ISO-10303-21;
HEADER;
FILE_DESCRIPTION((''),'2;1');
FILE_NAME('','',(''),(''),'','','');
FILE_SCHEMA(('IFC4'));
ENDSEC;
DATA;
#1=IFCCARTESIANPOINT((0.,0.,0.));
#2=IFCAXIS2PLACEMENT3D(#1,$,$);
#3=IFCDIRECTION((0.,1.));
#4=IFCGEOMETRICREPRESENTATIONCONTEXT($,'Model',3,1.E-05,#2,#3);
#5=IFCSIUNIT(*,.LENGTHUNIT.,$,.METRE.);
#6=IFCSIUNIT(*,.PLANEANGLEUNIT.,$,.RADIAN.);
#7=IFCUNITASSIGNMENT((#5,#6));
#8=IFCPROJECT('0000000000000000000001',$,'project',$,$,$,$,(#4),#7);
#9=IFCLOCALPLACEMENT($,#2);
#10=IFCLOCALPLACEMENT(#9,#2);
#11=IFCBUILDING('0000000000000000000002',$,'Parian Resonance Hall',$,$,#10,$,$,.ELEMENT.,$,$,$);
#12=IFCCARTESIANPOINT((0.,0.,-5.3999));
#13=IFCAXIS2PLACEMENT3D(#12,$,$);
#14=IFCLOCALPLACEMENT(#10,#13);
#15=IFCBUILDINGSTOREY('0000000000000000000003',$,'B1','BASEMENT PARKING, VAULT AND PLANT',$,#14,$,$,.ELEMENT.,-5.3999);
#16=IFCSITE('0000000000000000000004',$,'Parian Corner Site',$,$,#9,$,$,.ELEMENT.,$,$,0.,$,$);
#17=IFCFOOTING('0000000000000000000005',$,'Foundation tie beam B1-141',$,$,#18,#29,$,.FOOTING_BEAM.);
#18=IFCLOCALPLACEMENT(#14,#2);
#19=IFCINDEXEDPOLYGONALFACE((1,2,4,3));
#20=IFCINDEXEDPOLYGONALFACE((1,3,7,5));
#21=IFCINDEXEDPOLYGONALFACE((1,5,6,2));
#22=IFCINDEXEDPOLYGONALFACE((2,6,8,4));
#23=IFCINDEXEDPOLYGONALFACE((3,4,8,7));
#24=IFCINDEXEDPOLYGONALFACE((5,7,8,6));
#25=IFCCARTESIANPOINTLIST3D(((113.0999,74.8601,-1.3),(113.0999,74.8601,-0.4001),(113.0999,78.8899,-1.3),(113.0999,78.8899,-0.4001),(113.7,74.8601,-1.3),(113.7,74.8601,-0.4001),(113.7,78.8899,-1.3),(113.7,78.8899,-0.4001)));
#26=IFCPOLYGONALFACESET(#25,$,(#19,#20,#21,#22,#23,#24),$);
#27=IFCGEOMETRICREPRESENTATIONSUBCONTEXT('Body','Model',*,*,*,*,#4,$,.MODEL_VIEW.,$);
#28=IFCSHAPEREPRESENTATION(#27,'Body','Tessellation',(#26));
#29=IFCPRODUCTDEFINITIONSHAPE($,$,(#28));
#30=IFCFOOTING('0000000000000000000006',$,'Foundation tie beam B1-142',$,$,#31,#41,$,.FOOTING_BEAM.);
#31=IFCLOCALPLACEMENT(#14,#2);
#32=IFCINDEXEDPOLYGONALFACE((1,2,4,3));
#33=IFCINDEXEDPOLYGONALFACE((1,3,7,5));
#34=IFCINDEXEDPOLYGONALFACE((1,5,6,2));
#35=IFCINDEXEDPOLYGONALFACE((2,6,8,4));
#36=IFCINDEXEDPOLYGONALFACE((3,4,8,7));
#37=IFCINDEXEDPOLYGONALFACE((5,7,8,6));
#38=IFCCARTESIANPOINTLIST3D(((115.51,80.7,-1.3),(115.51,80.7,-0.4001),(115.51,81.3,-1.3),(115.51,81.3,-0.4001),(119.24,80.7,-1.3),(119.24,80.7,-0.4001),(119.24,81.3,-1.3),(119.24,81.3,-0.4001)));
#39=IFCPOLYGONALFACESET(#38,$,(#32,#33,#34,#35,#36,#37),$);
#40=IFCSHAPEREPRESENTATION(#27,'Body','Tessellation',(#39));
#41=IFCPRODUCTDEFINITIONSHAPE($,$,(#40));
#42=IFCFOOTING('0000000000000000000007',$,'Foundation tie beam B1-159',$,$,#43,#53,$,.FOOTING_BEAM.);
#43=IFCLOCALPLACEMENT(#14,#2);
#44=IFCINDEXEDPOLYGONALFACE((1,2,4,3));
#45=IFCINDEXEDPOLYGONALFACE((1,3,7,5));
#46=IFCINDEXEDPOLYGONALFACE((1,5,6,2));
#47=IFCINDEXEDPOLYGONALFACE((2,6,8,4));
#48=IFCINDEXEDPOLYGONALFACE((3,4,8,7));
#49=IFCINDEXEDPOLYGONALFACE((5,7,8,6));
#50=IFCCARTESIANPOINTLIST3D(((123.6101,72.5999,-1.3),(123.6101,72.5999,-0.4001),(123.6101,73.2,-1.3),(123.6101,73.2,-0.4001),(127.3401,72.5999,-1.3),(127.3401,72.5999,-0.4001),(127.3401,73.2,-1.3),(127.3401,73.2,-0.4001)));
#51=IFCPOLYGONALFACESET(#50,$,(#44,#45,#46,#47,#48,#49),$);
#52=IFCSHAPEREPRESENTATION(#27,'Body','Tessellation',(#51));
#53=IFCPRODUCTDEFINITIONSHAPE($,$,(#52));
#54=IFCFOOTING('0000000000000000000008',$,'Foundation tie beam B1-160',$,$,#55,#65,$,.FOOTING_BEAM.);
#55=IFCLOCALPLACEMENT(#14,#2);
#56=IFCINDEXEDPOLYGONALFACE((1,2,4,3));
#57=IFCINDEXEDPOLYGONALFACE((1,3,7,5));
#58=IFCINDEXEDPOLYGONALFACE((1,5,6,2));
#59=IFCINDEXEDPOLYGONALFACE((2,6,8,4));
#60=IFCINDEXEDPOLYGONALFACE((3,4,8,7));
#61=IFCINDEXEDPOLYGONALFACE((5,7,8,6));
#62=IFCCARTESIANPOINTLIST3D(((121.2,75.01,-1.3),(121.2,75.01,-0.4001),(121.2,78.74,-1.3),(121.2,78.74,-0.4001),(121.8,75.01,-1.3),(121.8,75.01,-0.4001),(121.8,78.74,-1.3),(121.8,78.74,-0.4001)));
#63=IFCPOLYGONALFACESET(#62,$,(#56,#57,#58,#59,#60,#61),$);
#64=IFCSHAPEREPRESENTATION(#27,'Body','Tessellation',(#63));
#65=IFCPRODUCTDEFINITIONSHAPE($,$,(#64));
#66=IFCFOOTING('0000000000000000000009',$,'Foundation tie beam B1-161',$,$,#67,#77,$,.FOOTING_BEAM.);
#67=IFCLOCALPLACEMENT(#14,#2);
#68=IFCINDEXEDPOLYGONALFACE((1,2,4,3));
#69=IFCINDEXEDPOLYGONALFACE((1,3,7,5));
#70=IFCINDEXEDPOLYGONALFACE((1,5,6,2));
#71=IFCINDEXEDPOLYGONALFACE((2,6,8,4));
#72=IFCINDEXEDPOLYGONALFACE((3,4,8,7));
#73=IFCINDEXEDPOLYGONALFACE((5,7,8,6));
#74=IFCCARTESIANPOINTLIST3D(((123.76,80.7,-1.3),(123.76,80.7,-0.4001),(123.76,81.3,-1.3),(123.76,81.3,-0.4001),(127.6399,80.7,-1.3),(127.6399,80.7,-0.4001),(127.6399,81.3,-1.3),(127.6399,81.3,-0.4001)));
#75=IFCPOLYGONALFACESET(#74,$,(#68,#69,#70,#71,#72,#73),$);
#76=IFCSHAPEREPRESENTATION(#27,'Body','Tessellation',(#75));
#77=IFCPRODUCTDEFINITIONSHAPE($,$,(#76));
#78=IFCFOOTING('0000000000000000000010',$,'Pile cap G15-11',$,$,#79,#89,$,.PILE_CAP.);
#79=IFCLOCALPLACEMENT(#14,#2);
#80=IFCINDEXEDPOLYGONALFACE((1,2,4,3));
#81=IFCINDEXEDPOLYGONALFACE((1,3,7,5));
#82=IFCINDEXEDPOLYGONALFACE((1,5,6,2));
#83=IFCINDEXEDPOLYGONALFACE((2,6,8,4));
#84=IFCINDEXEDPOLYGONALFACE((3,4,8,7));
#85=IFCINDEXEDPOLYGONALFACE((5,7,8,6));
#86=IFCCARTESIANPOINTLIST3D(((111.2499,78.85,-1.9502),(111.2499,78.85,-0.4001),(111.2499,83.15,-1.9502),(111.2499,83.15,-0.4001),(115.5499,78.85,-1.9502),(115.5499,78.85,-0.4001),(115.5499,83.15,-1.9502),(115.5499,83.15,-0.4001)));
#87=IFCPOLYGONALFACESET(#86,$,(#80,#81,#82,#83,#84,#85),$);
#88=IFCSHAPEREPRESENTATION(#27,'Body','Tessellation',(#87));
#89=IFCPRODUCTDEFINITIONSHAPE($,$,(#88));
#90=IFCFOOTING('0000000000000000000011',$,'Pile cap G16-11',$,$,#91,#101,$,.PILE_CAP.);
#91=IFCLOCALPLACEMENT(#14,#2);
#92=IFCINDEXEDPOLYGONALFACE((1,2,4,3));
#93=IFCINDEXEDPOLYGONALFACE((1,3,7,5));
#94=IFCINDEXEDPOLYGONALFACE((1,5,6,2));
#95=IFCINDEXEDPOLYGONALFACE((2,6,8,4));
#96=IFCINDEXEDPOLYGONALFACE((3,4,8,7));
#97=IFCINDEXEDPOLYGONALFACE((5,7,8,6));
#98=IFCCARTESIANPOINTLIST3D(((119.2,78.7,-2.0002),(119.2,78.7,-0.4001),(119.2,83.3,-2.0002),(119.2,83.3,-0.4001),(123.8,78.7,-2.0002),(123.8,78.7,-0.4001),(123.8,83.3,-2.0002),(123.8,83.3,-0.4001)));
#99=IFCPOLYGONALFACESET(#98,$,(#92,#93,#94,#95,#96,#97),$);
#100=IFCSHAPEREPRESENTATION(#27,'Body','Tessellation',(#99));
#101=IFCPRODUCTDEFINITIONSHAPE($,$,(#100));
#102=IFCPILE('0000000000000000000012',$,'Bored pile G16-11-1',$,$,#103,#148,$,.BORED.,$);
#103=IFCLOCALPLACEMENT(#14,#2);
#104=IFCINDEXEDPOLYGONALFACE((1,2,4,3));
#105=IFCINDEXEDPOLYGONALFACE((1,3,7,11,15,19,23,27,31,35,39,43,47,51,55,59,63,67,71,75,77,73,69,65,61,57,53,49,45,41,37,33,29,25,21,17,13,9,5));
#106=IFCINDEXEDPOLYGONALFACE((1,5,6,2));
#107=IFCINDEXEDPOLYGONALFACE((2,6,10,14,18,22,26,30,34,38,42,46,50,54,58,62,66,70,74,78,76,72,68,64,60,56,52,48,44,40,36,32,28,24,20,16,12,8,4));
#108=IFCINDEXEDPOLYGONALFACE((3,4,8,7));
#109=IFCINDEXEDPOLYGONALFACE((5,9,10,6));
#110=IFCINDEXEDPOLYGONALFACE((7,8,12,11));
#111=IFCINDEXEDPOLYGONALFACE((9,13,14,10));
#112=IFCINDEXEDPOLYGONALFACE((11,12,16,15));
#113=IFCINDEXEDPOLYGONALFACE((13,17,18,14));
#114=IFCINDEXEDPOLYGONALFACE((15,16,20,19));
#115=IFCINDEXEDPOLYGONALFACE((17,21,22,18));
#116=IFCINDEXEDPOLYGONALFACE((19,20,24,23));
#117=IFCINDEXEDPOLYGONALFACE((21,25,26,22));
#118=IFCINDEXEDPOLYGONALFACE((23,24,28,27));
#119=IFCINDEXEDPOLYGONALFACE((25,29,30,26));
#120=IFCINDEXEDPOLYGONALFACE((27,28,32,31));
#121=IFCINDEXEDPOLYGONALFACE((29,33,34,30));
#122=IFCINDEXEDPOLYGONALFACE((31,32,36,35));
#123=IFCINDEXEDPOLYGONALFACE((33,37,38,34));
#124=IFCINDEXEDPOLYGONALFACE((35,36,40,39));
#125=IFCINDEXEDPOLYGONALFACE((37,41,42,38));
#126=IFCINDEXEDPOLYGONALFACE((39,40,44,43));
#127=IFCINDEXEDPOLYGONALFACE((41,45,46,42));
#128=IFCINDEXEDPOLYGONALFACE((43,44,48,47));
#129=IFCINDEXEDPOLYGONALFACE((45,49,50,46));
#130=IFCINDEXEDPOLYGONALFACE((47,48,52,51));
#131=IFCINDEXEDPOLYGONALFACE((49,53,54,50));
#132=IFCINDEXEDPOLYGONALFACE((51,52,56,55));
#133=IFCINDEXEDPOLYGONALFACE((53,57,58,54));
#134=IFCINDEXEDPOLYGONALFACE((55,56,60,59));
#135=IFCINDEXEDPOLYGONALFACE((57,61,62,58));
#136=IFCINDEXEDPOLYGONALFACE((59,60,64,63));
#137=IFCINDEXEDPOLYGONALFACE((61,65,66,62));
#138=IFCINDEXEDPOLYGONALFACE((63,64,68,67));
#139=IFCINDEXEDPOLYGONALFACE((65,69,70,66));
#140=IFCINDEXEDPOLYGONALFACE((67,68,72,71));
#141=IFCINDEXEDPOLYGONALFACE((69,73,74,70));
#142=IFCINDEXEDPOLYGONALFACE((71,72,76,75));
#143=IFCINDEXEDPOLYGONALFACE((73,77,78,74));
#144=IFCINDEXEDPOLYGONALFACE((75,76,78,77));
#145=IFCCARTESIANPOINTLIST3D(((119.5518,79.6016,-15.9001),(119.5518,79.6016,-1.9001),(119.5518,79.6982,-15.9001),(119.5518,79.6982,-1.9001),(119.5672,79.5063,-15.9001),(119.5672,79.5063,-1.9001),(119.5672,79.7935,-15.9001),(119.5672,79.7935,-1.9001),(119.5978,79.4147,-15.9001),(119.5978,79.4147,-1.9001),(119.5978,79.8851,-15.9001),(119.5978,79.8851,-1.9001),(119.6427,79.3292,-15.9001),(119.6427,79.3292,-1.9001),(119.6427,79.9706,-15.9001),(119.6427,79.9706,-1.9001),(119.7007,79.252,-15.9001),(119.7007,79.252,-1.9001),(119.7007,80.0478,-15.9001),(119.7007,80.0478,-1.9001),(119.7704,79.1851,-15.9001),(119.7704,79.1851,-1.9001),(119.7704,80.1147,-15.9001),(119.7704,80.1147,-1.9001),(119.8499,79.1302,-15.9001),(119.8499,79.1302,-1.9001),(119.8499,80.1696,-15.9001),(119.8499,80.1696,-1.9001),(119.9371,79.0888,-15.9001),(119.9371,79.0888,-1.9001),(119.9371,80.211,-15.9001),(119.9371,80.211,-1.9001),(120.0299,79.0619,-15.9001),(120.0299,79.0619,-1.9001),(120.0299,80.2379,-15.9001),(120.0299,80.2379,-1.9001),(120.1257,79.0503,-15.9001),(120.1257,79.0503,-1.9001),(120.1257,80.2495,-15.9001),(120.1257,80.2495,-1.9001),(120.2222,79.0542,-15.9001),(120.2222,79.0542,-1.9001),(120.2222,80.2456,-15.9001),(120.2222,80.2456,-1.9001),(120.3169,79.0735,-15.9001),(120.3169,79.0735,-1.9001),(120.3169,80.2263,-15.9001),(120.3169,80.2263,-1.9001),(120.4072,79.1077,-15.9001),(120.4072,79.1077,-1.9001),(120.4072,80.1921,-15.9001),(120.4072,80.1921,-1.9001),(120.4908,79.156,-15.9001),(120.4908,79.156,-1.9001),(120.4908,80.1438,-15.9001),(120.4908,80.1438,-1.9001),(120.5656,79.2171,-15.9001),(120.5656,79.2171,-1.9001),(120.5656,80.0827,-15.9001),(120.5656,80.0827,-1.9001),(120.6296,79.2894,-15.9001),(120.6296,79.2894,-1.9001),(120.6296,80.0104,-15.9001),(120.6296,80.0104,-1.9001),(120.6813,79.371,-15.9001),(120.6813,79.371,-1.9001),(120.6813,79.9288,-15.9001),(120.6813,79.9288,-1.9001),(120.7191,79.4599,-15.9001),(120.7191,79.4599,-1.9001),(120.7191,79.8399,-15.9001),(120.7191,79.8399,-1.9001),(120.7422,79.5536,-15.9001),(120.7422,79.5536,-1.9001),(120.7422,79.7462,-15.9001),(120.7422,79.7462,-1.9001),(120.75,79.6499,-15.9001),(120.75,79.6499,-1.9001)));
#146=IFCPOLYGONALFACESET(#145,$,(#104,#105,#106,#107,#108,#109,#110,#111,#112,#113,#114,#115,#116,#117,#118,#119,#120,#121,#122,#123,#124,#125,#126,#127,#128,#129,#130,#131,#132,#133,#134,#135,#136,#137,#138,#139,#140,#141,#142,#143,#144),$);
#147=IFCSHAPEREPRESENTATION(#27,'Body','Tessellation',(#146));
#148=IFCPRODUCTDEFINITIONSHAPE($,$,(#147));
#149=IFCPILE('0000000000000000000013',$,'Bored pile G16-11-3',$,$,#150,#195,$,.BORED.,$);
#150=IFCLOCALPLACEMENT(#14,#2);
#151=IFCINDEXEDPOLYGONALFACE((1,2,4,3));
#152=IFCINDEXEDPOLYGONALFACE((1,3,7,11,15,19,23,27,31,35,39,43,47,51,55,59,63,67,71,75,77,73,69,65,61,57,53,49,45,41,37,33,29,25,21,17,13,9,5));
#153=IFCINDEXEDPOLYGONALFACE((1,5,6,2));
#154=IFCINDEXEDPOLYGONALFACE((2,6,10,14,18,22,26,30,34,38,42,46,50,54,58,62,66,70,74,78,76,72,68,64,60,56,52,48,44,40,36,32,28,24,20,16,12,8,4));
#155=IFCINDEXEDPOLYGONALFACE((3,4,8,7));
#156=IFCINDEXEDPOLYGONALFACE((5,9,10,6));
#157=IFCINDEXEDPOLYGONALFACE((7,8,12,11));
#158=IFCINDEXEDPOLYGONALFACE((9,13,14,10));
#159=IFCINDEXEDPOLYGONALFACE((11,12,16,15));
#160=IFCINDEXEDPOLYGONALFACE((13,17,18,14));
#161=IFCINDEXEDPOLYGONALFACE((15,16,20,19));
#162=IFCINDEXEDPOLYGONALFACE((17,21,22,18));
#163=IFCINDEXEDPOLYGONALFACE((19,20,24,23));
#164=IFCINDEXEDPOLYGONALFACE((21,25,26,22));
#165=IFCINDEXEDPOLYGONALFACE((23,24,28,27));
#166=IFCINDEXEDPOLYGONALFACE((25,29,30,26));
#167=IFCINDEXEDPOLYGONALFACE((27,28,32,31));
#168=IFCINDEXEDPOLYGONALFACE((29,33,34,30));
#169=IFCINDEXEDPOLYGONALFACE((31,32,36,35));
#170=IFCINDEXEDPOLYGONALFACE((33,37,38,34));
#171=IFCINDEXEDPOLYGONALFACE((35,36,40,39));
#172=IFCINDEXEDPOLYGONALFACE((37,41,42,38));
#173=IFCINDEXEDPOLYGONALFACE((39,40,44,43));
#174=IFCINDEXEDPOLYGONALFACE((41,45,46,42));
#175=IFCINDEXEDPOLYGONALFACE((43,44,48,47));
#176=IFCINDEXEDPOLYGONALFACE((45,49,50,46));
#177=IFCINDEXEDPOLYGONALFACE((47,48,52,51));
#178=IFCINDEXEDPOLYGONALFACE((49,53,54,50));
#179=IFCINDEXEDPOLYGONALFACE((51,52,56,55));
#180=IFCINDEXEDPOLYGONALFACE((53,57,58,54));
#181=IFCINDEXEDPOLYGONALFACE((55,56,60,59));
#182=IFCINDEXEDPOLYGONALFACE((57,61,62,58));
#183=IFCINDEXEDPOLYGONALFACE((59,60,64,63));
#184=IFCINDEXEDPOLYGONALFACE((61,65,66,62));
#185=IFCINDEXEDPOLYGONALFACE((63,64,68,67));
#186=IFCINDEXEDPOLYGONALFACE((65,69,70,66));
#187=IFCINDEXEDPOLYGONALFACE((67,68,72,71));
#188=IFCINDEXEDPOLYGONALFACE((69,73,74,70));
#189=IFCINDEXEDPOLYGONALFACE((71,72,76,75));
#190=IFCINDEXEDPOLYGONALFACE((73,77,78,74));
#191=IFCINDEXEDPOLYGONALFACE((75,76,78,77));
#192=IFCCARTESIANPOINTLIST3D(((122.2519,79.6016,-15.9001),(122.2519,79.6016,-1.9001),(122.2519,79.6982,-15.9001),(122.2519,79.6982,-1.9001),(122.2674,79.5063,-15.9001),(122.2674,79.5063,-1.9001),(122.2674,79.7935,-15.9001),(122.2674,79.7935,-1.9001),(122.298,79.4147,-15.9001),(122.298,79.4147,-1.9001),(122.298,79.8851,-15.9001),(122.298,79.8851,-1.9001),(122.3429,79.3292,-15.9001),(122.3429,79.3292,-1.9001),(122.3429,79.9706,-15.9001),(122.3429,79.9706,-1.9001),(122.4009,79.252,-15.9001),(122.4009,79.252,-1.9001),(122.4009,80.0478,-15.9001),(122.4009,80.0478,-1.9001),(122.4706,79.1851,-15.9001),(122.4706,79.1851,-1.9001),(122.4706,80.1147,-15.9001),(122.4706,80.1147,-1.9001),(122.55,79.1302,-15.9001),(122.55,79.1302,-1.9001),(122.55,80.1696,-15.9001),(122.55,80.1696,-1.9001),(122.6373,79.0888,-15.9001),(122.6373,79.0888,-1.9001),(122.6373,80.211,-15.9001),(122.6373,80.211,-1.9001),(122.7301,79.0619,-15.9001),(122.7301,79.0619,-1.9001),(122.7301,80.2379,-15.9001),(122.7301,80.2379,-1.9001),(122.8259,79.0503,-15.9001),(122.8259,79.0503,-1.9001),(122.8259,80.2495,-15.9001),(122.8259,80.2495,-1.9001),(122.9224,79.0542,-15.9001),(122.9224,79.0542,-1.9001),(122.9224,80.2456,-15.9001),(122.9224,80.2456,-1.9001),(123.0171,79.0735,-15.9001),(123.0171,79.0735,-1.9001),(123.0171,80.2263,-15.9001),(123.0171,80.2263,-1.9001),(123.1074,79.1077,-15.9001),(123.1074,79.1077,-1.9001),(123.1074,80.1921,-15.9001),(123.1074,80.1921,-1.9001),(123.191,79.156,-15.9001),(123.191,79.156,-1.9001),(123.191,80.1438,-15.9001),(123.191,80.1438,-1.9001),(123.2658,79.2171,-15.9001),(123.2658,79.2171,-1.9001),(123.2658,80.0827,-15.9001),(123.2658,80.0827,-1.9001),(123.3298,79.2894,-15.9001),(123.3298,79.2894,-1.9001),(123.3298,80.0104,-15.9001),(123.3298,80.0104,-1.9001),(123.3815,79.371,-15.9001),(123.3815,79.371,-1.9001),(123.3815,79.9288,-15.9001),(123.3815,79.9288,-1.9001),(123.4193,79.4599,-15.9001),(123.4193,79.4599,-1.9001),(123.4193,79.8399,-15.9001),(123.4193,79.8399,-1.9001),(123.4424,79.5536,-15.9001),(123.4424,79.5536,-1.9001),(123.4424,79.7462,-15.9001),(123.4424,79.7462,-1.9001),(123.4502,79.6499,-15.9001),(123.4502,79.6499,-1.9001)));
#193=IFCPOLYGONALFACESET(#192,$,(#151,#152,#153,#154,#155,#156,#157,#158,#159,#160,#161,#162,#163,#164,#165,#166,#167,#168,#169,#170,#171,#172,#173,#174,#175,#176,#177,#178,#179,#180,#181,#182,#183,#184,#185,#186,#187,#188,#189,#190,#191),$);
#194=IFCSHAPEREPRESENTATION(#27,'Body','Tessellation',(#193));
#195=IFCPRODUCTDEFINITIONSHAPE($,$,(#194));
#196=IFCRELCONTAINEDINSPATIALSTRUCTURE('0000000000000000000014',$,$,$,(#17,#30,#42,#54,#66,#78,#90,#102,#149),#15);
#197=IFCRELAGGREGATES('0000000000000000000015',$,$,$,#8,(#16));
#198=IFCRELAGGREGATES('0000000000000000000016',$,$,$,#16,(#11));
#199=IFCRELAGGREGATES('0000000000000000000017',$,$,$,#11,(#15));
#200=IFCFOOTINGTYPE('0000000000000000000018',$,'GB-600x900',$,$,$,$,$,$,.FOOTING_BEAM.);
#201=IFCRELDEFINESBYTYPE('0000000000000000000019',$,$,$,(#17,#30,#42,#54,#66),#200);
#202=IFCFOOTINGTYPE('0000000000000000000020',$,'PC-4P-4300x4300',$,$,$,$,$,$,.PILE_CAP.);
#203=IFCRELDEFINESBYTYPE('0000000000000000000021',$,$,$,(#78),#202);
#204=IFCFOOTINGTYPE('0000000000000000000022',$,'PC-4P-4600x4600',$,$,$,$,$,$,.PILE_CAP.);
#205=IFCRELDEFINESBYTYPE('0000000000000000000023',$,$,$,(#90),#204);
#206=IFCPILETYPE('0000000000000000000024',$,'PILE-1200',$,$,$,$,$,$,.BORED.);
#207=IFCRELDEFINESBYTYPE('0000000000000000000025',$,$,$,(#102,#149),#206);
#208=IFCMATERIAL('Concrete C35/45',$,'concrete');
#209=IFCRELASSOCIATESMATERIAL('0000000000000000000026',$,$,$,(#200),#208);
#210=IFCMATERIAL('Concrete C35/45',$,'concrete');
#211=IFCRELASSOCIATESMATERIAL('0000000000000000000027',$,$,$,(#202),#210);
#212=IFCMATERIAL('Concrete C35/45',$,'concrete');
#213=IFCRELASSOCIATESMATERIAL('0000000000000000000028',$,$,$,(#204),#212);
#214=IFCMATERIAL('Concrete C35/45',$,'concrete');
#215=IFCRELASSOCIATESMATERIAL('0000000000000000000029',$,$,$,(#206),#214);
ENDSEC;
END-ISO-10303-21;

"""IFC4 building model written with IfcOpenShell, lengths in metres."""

from ifc_helpers import new_model, si_unit, direction, frame, origin, origin_2d, place, context, subcontext, project, spatial, rectangle, circle, extrude, material, material_profile, profile_set, type_object, element, save


model = new_model("IFC4")

# Units and contexts
model_context = context("Model", 3, precision=1e-05, world=origin(), true_north=direction((0.0, 1.0)))
body_context = subcontext(model_context, "Body", "Model", "MODEL_VIEW")
ifc_project = project(units=[si_unit("LENGTHUNIT", "METRE"), si_unit("PLANEANGLEUNIT", "RADIAN")], contexts=[model_context])

# Site, building, storey
site_placement = place(None, origin())
site = spatial("IfcSite", under=ifc_project, at=site_placement, Name="Parian Corner Site", CompositionType="ELEMENT", RefElevation=0.0)
building_placement = place(site_placement, origin())
building = spatial("IfcBuilding", under=site, at=building_placement, Name="Parian Resonance Hall", CompositionType="ELEMENT")
storey_placement = place(building_placement, frame((0.0, 0.0, -5.3999)))
storey = spatial("IfcBuildingStorey", under=building, at=storey_placement, Name="B1", Description="BASEMENT PARKING, VAULT AND PLANT", CompositionType="ELEMENT", Elevation=-5.3999)

# Footings
ifc_material_1 = material(Name="Concrete C35/45", Category="concrete")
ifc_material_profile_1 = material_profile(ifc_material_1, rectangle(XDim=0.6001, YDim=0.8999, at=origin_2d()), Name="RC-GB-600x900")
ifc_profile_set_1 = profile_set([ifc_material_profile_1], Name="Concrete C35/45")
footing_type_1 = type_object("IfcFootingType", Name="GB-600x900", PredefinedType="FOOTING_BEAM", material=ifc_profile_set_1)
footing_1_placement = place(storey_placement, frame((113.3999, 74.8601, -0.8501), z_axis=(0.0, 1.0, 0.0), x_axis=(-1.0, 0.0, 0.0)))
element("IfcFooting", 1, at=footing_1_placement, inside=storey, type_object=footing_type_1, Name="Foundation tie beam B1-141", PredefinedType="FOOTING_BEAM", context=body_context, shape_type="SweptSolid", body=[
    extrude(rectangle(XDim=0.6001, YDim=0.8999, at=origin_2d()), origin(), (0.0, 0.0, 1.0), 4.0298),
])
for number, where, z_axis, x_axis, name in (
    (2, (115.51, 81.0, -0.8501), (1.0, 0.0, 0.0), (0.0, 1.0, 0.0), "Foundation tie beam B1-142"),
    (3, (123.6101, 72.8999, -0.8501), (1.0, 0.0, 0.0), (0.0, 1.0, 0.0), "Foundation tie beam B1-159"),
    (4, (121.5, 75.01, -0.8501), (0.0, 1.0, 0.0), (-1.0, 0.0, 0.0), "Foundation tie beam B1-160"),
):
    element("IfcFooting", number, at=place(storey_placement, frame(where, z_axis=z_axis, x_axis=x_axis)), inside=storey, type_object=footing_type_1, Name=name, PredefinedType="FOOTING_BEAM", context=body_context, shape_type="SweptSolid", body=[
        extrude(rectangle(XDim=0.6001, YDim=0.8999, at=origin_2d()), origin(), (0.0, 0.0, 1.0), 3.73),
    ])
footing_2_placement = place(storey_placement, frame((123.76, 81.0, -0.8501), z_axis=(1.0, 0.0, 0.0), x_axis=(0.0, 1.0, 0.0)))
element("IfcFooting", 5, at=footing_2_placement, inside=storey, type_object=footing_type_1, Name="Foundation tie beam B1-161", PredefinedType="FOOTING_BEAM", context=body_context, shape_type="SweptSolid", body=[
    extrude(rectangle(XDim=0.6001, YDim=0.8999, at=origin_2d()), origin(), (0.0, 0.0, 1.0), 3.8799),
])
ifc_material_2 = material(Name="Concrete C35/45", Category="concrete")
footing_type_2 = type_object("IfcFootingType", Name="PC-4P-4300x4300", PredefinedType="PILE_CAP", material=ifc_material_2)
footing_3_placement = place(storey_placement, frame((113.3999, 81.0, -1.9502), z_axis=(0.0, 0.0, 1.0), x_axis=(1.0, 0.0, 0.0)))
element("IfcFooting", 6, at=footing_3_placement, inside=storey, type_object=footing_type_2, Name="Pile cap G15-11", PredefinedType="PILE_CAP", context=body_context, shape_type="SweptSolid", body=[
    extrude(rectangle(XDim=4.3, YDim=4.3, at=origin_2d()), origin(), (0.0, 0.0, 1.0), 1.55),
])
ifc_material_3 = material(Name="Concrete C35/45", Category="concrete")
footing_type_3 = type_object("IfcFootingType", Name="PC-4P-4600x4600", PredefinedType="PILE_CAP", material=ifc_material_3)
footing_4_placement = place(storey_placement, frame((121.5, 81.0, -2.0002), z_axis=(0.0, 0.0, 1.0), x_axis=(1.0, 0.0, 0.0)))
element("IfcFooting", 7, at=footing_4_placement, inside=storey, type_object=footing_type_3, Name="Pile cap G16-11", PredefinedType="PILE_CAP", context=body_context, shape_type="SweptSolid", body=[
    extrude(rectangle(XDim=4.6001, YDim=4.6001, at=origin_2d()), origin(), (0.0, 0.0, 1.0), 1.6001),
])

# Piles
ifc_material_4 = material(Name="Concrete C35/45", Category="concrete")
ifc_material_profile_2 = material_profile(ifc_material_4, circle(Radius=0.6001, at=origin_2d()), Name="PILE-D1200")
ifc_profile_set_2 = profile_set([ifc_material_profile_2], Name="Concrete C35/45")
pile_type_1 = type_object("IfcPileType", Name="PILE-1200", PredefinedType="BORED", material=ifc_profile_set_2)
for number, where, z_axis, x_axis, name in (
    (8, (120.1499, 79.6499, -1.9001), (0.0, 0.0, -1.0), (1.0, 0.0, 0.0), "Bored pile G16-11-1"),
    (9, (122.8501, 79.6499, -1.9001), (0.0, 0.0, -1.0), (1.0, 0.0, 0.0), "Bored pile G16-11-3"),
):
    element("IfcPile", number, at=place(storey_placement, frame(where, z_axis=z_axis, x_axis=x_axis)), inside=storey, type_object=pile_type_1, Name=name, PredefinedType="BORED", context=body_context, shape_type="SweptSolid", body=[
        extrude(circle(Radius=0.6001, at=origin_2d()), origin(), (0.0, 0.0, 1.0), 14.0),
    ])

save(model, "model.ifc")
